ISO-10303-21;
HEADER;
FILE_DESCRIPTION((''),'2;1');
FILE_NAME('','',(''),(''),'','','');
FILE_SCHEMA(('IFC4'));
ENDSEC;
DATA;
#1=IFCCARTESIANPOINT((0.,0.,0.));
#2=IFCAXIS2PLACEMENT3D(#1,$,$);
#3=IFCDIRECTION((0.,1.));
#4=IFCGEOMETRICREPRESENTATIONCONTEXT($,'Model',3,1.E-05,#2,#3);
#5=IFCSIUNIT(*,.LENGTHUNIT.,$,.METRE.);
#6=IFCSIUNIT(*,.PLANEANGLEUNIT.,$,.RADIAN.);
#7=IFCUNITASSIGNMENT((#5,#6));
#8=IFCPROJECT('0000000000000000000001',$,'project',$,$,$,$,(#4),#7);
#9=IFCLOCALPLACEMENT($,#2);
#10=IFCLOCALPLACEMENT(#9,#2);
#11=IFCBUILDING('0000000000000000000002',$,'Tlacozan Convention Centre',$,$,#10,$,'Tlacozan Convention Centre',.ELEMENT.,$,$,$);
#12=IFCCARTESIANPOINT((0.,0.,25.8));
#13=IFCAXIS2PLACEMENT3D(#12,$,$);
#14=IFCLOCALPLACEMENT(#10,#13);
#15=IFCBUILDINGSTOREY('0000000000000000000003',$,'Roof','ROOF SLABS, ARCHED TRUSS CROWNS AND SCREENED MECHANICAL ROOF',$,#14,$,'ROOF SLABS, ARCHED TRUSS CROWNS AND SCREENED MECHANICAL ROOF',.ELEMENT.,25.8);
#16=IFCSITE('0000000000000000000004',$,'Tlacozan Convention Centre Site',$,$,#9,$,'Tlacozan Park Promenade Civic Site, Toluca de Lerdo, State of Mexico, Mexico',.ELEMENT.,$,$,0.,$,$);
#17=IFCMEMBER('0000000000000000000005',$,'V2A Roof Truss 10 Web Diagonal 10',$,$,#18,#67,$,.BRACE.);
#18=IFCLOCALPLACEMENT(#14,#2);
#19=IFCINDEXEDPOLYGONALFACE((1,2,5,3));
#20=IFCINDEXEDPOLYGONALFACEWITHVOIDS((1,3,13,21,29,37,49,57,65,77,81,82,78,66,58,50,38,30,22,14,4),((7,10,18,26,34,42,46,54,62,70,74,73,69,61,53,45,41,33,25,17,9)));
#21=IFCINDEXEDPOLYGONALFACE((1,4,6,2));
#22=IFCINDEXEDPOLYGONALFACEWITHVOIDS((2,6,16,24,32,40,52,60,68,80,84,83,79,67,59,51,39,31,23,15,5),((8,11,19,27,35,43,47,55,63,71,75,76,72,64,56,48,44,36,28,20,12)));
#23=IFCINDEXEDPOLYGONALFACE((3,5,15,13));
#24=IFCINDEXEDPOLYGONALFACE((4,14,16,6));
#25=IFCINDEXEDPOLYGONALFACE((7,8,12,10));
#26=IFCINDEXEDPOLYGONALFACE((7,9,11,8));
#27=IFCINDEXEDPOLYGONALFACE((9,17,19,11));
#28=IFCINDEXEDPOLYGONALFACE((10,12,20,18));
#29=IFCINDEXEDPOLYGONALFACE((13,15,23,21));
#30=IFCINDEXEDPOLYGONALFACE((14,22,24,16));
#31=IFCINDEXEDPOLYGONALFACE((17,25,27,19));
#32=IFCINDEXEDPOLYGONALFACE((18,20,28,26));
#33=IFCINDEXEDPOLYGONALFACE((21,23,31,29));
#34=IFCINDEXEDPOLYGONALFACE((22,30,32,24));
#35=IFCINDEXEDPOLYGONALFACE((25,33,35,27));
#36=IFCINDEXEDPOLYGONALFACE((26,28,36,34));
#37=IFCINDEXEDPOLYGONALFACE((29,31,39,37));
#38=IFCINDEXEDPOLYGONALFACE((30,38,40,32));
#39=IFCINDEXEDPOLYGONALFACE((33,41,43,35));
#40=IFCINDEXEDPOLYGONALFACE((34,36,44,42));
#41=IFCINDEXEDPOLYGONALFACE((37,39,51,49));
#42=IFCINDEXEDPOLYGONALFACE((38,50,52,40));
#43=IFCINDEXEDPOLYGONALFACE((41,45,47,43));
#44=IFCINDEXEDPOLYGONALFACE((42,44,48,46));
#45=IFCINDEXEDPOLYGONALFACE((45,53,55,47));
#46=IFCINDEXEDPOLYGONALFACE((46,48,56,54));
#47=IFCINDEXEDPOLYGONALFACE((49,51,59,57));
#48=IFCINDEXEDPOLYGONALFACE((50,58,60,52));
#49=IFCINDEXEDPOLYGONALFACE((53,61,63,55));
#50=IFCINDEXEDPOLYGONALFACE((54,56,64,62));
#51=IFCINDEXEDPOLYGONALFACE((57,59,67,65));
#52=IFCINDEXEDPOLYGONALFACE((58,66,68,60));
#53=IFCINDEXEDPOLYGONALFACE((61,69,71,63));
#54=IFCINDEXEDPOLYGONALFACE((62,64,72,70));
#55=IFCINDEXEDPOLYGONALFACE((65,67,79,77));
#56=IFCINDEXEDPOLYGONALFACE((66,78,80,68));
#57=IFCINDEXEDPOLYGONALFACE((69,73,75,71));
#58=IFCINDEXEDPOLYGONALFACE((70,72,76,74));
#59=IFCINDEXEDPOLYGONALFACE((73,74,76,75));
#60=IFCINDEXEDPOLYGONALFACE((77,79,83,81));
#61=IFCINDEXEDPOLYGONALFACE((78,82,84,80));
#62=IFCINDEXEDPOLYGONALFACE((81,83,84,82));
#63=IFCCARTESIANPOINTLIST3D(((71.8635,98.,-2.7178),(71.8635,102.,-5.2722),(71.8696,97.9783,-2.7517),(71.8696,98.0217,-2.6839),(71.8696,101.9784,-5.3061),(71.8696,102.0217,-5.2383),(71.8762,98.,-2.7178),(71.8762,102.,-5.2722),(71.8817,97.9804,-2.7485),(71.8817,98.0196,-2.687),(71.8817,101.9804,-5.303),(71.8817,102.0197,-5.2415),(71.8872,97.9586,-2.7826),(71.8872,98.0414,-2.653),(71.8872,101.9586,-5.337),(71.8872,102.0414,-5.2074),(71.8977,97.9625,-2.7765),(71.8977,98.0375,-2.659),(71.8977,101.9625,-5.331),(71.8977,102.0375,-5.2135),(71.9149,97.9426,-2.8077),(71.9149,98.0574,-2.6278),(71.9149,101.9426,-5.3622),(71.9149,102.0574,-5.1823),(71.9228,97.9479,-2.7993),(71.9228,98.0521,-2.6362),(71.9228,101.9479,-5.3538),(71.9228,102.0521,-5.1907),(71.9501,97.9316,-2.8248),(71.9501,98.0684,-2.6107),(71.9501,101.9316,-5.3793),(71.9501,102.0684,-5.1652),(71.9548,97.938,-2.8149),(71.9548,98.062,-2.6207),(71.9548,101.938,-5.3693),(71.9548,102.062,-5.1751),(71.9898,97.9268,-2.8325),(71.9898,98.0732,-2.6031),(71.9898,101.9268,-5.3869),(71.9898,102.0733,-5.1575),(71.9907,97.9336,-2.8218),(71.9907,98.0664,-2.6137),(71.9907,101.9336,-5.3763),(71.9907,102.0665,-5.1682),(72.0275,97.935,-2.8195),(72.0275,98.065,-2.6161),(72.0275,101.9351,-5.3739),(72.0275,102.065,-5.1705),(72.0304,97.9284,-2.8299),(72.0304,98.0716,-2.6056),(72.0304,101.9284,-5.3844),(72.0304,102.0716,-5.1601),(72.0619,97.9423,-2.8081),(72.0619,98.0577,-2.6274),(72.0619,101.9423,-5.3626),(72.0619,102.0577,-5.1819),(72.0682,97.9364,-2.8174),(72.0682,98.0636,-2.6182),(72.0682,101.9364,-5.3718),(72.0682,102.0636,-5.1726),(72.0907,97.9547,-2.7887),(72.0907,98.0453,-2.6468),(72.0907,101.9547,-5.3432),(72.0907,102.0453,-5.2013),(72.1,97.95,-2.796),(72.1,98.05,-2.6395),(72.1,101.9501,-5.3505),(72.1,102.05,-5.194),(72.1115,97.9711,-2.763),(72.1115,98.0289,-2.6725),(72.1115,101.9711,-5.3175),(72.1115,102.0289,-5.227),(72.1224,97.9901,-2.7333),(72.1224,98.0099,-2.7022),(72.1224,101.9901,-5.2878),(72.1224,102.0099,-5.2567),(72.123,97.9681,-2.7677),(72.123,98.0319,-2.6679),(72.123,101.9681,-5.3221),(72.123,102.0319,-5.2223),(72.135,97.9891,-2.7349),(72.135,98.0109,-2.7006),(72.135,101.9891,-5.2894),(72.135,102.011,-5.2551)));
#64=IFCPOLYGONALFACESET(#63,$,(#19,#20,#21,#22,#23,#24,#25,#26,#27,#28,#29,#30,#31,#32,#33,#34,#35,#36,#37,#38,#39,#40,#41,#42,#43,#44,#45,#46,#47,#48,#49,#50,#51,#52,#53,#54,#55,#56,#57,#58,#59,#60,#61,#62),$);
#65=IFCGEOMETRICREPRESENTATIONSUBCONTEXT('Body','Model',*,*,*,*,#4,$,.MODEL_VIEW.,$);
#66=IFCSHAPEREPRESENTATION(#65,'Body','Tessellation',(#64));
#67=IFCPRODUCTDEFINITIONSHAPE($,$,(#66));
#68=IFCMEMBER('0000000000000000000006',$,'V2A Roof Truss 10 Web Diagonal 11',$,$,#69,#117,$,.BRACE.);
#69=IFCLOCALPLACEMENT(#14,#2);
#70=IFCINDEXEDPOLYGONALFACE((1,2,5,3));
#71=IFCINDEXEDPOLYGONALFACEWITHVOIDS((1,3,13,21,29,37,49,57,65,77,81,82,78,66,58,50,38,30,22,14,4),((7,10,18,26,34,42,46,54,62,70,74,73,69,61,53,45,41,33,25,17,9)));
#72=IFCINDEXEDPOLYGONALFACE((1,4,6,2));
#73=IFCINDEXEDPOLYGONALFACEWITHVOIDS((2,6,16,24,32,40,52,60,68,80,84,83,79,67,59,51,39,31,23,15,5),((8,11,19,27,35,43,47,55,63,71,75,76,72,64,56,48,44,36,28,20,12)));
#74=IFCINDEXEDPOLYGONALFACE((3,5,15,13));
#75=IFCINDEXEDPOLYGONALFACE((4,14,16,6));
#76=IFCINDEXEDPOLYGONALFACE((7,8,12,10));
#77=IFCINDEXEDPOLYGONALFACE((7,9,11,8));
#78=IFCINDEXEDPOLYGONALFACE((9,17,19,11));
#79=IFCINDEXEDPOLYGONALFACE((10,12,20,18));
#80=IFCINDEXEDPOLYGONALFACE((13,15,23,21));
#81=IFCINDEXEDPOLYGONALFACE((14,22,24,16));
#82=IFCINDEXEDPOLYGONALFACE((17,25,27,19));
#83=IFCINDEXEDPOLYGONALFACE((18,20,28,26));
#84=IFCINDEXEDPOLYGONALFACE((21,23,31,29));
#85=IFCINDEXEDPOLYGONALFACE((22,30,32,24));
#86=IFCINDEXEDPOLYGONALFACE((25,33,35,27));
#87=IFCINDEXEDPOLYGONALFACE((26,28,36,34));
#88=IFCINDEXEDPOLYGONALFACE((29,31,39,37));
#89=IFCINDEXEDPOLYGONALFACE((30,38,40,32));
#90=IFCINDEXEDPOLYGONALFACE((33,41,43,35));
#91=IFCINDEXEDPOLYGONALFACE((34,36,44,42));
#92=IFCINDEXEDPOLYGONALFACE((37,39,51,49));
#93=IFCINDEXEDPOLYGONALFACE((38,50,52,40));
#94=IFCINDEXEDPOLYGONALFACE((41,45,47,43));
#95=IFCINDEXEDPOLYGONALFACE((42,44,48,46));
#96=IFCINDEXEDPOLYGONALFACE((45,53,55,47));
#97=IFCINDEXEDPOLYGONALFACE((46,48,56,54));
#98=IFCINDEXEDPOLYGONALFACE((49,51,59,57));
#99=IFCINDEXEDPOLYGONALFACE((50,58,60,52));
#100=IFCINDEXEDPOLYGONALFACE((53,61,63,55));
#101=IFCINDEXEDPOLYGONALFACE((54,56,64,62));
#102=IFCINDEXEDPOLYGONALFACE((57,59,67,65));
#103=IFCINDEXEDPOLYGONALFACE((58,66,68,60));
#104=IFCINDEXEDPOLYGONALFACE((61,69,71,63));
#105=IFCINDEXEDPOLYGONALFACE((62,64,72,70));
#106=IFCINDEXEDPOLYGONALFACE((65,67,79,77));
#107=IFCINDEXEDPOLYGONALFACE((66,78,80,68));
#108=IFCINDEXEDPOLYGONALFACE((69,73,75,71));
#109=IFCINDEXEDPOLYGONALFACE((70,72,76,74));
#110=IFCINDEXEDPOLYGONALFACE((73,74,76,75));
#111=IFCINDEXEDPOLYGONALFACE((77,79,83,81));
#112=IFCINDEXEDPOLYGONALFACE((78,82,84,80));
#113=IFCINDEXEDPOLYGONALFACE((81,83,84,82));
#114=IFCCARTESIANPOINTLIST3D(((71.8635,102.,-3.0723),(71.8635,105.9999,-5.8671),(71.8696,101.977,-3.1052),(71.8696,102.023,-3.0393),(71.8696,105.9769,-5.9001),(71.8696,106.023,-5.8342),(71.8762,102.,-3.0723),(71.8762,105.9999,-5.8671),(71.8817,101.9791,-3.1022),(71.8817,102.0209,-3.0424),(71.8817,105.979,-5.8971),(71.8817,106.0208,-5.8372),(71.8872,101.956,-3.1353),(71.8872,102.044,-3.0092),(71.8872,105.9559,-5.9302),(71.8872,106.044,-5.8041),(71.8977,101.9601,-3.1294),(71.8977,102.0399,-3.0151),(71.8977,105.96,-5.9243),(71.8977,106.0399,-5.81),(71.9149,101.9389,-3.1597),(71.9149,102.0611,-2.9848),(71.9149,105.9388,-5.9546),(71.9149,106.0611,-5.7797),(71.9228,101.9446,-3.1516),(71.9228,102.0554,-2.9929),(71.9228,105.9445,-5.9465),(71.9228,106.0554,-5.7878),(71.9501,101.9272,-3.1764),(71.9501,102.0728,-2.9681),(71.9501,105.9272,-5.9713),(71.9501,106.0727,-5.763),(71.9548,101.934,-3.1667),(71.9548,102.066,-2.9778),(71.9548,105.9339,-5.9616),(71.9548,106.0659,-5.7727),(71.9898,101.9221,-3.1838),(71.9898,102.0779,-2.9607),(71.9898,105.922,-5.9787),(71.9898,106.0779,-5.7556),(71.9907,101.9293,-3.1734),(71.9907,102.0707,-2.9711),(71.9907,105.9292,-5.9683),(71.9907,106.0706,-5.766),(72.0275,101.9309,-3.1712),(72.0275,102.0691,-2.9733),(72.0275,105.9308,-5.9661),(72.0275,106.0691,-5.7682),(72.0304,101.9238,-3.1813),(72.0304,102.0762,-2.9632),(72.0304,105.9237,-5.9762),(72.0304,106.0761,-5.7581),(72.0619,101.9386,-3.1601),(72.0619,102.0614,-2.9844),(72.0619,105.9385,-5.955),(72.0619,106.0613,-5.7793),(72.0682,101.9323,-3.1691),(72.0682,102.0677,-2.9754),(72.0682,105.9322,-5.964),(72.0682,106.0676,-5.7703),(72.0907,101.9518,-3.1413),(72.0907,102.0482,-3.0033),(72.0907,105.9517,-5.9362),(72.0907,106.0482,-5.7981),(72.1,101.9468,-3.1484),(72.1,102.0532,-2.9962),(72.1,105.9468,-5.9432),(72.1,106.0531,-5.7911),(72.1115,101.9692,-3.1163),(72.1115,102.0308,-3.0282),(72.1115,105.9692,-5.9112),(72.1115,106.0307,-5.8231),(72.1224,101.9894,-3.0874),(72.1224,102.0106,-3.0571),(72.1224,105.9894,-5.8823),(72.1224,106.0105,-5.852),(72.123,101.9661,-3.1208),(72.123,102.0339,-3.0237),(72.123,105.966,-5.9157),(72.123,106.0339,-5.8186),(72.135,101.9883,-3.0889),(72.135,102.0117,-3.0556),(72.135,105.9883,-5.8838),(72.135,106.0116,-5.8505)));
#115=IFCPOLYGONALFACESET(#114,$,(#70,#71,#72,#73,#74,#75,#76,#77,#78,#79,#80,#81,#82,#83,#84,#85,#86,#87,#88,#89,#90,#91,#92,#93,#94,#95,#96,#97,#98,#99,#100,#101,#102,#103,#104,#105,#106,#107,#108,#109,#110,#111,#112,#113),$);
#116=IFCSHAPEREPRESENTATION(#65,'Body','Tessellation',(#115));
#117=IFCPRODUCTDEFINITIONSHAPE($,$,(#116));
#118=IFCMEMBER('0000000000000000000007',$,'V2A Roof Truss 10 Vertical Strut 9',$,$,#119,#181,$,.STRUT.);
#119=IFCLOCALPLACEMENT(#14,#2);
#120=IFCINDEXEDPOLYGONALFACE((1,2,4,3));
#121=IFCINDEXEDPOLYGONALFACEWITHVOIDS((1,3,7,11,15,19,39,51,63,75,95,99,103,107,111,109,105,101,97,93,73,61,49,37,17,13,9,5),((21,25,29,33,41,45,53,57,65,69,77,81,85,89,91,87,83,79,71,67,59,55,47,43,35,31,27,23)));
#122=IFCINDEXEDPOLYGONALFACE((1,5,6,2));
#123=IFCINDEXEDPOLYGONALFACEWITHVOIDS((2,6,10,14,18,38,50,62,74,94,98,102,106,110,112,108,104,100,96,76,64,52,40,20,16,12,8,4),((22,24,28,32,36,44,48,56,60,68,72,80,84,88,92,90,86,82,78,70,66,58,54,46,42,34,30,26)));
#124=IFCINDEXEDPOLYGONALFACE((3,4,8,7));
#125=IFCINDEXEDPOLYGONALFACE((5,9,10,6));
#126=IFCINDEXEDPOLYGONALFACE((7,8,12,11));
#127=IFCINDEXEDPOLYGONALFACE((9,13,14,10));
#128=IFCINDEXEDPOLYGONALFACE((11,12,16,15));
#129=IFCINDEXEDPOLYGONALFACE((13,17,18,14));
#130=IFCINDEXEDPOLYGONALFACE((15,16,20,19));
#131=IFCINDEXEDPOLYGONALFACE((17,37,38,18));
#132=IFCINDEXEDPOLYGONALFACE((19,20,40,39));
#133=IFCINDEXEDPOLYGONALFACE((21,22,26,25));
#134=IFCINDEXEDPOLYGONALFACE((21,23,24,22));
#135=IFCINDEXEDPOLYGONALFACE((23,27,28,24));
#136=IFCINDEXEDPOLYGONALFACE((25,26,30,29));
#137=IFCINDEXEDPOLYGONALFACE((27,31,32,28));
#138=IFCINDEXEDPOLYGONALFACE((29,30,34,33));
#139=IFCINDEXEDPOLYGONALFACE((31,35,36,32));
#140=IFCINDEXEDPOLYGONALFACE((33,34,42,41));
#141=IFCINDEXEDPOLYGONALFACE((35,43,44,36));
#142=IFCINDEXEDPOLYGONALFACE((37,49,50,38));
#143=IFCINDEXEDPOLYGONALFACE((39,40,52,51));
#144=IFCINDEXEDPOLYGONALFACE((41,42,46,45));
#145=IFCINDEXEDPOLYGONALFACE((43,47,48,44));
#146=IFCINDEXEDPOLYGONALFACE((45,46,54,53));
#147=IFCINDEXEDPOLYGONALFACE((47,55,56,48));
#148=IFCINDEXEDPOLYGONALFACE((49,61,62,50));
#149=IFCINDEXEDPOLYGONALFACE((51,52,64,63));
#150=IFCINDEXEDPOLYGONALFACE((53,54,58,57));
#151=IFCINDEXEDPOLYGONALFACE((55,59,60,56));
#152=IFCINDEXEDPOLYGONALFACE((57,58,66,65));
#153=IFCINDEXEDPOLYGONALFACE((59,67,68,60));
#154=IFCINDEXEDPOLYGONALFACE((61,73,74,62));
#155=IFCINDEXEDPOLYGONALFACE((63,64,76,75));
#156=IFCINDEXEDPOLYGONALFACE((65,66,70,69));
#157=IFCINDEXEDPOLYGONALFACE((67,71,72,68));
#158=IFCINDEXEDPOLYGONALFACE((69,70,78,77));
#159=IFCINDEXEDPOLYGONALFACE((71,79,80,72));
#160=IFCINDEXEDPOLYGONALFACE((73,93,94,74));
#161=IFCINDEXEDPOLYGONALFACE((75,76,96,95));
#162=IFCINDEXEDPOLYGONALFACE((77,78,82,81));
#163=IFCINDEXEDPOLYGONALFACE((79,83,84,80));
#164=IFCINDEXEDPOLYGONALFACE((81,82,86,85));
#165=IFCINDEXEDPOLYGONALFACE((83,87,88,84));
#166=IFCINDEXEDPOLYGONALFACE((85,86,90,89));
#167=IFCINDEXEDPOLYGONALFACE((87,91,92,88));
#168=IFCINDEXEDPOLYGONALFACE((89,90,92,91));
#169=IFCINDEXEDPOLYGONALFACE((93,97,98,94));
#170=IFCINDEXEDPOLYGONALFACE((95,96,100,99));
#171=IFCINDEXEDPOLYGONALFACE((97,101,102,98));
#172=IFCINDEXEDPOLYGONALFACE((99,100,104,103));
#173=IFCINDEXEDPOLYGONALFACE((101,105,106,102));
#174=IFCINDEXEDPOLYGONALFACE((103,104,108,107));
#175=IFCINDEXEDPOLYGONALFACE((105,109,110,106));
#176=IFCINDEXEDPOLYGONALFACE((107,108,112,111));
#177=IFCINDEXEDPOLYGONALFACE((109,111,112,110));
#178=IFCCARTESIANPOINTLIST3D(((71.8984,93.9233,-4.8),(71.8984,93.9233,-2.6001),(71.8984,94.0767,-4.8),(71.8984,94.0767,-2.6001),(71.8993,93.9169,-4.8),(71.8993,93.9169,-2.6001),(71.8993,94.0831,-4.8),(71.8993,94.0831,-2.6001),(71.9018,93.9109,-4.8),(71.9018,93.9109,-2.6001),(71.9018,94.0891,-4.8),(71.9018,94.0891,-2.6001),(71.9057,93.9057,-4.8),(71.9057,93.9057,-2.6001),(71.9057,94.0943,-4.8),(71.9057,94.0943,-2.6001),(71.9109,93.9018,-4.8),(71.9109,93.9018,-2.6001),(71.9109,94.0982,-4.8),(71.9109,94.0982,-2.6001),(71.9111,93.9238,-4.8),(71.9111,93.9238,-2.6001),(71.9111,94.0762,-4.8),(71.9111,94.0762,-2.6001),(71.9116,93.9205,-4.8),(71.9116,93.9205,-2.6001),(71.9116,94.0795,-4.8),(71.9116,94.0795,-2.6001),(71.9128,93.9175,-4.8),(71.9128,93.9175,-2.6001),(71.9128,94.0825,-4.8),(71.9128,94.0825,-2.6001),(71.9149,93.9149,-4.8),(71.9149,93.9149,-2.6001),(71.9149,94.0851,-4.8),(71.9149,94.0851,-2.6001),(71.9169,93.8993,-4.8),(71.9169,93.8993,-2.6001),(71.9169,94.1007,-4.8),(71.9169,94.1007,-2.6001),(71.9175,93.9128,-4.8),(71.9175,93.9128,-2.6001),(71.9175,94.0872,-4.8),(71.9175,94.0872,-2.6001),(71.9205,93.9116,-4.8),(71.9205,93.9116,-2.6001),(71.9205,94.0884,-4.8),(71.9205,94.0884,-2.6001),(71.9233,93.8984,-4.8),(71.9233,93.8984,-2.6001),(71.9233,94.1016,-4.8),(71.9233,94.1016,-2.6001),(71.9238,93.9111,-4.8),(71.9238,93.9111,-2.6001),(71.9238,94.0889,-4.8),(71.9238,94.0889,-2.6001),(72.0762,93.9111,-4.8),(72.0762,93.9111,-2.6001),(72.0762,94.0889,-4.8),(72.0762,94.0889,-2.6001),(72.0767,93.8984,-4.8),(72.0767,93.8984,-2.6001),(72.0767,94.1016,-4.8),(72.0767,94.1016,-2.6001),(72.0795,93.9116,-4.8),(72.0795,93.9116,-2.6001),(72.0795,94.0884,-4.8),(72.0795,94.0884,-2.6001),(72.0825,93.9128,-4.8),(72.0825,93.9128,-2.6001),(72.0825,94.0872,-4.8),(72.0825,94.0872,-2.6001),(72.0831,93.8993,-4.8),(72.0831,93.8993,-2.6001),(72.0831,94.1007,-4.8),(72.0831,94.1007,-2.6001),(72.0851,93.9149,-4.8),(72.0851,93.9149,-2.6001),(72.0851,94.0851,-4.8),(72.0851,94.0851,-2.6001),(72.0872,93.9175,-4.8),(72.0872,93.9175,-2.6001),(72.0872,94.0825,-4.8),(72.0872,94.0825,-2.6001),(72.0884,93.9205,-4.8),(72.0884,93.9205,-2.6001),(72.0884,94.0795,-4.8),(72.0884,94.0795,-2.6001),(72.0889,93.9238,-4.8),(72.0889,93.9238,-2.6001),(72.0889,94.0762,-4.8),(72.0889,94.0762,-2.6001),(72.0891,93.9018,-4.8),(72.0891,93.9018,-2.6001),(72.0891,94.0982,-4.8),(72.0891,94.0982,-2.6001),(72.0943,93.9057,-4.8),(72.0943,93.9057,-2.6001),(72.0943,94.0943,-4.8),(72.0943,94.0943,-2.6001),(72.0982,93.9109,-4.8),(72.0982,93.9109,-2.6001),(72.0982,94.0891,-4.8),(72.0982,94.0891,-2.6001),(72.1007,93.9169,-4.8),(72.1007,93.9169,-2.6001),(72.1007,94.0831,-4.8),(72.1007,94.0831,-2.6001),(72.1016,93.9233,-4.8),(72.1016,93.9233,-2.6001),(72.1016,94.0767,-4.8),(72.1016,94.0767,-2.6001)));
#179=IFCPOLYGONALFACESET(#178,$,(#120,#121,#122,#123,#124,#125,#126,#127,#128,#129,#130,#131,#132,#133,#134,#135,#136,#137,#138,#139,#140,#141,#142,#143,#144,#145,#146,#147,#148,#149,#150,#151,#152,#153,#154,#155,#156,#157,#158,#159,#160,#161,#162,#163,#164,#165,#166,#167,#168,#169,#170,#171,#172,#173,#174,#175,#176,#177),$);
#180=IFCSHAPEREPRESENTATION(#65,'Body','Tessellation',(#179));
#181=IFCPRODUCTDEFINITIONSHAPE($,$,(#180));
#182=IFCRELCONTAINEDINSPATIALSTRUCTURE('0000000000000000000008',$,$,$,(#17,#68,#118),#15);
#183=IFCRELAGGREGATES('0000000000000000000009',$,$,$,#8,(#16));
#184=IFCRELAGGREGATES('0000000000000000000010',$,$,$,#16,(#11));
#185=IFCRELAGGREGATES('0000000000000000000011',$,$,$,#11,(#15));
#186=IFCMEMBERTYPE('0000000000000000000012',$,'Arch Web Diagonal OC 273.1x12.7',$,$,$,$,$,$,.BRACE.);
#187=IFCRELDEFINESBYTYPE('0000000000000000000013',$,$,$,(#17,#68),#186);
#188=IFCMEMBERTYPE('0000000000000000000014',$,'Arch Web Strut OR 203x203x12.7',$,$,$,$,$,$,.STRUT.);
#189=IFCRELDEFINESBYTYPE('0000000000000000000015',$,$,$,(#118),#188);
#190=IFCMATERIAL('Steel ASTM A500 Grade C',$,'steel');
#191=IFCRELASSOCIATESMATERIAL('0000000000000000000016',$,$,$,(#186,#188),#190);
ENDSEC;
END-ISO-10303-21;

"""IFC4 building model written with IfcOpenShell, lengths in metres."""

from ifc_helpers import new_model, si_unit, direction, frame, origin, origin_2d, place, context, subcontext, project, spatial, hollow_rectangle, hollow_circle, extrude, material, material_profile, profile_set, type_object, element, save


model = new_model("IFC4")

# Units and contexts
model_context = context("Model", 3, precision=1e-05, world=origin(), true_north=direction((0.0, 1.0)))
body_context = subcontext(model_context, "Body", "Model", "MODEL_VIEW")
ifc_project = project(units=[si_unit("LENGTHUNIT", "METRE"), si_unit("PLANEANGLEUNIT", "RADIAN")], contexts=[model_context])

# Site, building, storey
site_placement = place(None, origin())
site = spatial("IfcSite", under=ifc_project, at=site_placement, Name="Tlacozan Convention Centre Site", LongName="Tlacozan Park Promenade Civic Site, Toluca de Lerdo, State of Mexico, Mexico", CompositionType="ELEMENT", RefElevation=0.0)
building_placement = place(site_placement, origin())
building = spatial("IfcBuilding", under=site, at=building_placement, Name="Tlacozan Convention Centre", LongName="Tlacozan Convention Centre", CompositionType="ELEMENT")
storey_placement = place(building_placement, frame((0.0, 0.0, 25.8)))
storey = spatial("IfcBuildingStorey", under=building, at=storey_placement, Name="Roof", Description="ROOF SLABS, ARCHED TRUSS CROWNS AND SCREENED MECHANICAL ROOF", LongName="ROOF SLABS, ARCHED TRUSS CROWNS AND SCREENED MECHANICAL ROOF", CompositionType="ELEMENT", Elevation=25.8)

# Members
ifc_material_1 = material(Name="Steel ASTM A500 Grade C", Category="steel")
ifc_material_profile_1 = material_profile(ifc_material_1, hollow_circle(Radius=0.1365, WallThickness=0.0127, at=origin_2d()), Name="OC 273.1x12.7")
ifc_profile_set_1 = profile_set([ifc_material_profile_1], Name="Steel ASTM A500 Grade C")
member_type_1 = type_object("IfcMemberType", Name="Arch Web Diagonal OC 273.1x12.7", PredefinedType="BRACE", material=ifc_profile_set_1)
member_1_placement = place(storey_placement, frame((72.0, 98.0, -2.7178), z_axis=(0.0, 0.842803, -0.538223), x_axis=(-1.0, 0.0, 0.0)))
element("IfcMember", 1, at=member_1_placement, inside=storey, type_object=member_type_1, Name="V2A Roof Truss 10 Web Diagonal 10", PredefinedType="BRACE", context=body_context, shape_type="SweptSolid", body=[
    extrude(hollow_circle(Radius=0.1365, WallThickness=0.0127, at=origin_2d()), origin(), (0.0, 0.0, 1.0), 4.7461),
])
member_2_placement = place(storey_placement, frame((72.0, 102.0, -3.0723), z_axis=(0.0, 0.819721, -0.572764), x_axis=(-1.0, 0.0, 0.0)))
element("IfcMember", 2, at=member_2_placement, inside=storey, type_object=member_type_1, Name="V2A Roof Truss 10 Web Diagonal 11", PredefinedType="BRACE", context=body_context, shape_type="SweptSolid", body=[
    extrude(hollow_circle(Radius=0.1365, WallThickness=0.0127, at=origin_2d()), origin(), (0.0, 0.0, 1.0), 4.8796),
])
ifc_material_profile_2 = material_profile(ifc_material_1, hollow_rectangle(XDim=0.2031, YDim=0.2031, WallThickness=0.0127, InnerFilletRadius=0.0127, OuterFilletRadius=0.0249, at=origin_2d()), Name="OR 203x203x12.7")
ifc_profile_set_2 = profile_set([ifc_material_profile_2], Name="Steel ASTM A500 Grade C")
member_type_2 = type_object("IfcMemberType", Name="Arch Web Strut OR 203x203x12.7", PredefinedType="STRUT", material=ifc_profile_set_2)
for number, where, z_axis, x_axis, name in (
    (3, (72.0, 94.0, -4.8), (0.0, 0.0, 1.0), (1.0, 0.0, 0.0), "V2A Roof Truss 10 Vertical Strut 9"),
):
    element("IfcMember", number, at=place(storey_placement, frame(where, z_axis=z_axis, x_axis=x_axis)), inside=storey, type_object=member_type_2, Name=name, PredefinedType="STRUT", context=body_context, shape_type="SweptSolid", body=[
        extrude(hollow_rectangle(XDim=0.2031, YDim=0.2031, WallThickness=0.0127, InnerFilletRadius=0.0127, OuterFilletRadius=0.0249, at=origin_2d()), origin(), (0.0, 0.0, 1.0), 2.2),
    ])

save(model, "model.ifc")
